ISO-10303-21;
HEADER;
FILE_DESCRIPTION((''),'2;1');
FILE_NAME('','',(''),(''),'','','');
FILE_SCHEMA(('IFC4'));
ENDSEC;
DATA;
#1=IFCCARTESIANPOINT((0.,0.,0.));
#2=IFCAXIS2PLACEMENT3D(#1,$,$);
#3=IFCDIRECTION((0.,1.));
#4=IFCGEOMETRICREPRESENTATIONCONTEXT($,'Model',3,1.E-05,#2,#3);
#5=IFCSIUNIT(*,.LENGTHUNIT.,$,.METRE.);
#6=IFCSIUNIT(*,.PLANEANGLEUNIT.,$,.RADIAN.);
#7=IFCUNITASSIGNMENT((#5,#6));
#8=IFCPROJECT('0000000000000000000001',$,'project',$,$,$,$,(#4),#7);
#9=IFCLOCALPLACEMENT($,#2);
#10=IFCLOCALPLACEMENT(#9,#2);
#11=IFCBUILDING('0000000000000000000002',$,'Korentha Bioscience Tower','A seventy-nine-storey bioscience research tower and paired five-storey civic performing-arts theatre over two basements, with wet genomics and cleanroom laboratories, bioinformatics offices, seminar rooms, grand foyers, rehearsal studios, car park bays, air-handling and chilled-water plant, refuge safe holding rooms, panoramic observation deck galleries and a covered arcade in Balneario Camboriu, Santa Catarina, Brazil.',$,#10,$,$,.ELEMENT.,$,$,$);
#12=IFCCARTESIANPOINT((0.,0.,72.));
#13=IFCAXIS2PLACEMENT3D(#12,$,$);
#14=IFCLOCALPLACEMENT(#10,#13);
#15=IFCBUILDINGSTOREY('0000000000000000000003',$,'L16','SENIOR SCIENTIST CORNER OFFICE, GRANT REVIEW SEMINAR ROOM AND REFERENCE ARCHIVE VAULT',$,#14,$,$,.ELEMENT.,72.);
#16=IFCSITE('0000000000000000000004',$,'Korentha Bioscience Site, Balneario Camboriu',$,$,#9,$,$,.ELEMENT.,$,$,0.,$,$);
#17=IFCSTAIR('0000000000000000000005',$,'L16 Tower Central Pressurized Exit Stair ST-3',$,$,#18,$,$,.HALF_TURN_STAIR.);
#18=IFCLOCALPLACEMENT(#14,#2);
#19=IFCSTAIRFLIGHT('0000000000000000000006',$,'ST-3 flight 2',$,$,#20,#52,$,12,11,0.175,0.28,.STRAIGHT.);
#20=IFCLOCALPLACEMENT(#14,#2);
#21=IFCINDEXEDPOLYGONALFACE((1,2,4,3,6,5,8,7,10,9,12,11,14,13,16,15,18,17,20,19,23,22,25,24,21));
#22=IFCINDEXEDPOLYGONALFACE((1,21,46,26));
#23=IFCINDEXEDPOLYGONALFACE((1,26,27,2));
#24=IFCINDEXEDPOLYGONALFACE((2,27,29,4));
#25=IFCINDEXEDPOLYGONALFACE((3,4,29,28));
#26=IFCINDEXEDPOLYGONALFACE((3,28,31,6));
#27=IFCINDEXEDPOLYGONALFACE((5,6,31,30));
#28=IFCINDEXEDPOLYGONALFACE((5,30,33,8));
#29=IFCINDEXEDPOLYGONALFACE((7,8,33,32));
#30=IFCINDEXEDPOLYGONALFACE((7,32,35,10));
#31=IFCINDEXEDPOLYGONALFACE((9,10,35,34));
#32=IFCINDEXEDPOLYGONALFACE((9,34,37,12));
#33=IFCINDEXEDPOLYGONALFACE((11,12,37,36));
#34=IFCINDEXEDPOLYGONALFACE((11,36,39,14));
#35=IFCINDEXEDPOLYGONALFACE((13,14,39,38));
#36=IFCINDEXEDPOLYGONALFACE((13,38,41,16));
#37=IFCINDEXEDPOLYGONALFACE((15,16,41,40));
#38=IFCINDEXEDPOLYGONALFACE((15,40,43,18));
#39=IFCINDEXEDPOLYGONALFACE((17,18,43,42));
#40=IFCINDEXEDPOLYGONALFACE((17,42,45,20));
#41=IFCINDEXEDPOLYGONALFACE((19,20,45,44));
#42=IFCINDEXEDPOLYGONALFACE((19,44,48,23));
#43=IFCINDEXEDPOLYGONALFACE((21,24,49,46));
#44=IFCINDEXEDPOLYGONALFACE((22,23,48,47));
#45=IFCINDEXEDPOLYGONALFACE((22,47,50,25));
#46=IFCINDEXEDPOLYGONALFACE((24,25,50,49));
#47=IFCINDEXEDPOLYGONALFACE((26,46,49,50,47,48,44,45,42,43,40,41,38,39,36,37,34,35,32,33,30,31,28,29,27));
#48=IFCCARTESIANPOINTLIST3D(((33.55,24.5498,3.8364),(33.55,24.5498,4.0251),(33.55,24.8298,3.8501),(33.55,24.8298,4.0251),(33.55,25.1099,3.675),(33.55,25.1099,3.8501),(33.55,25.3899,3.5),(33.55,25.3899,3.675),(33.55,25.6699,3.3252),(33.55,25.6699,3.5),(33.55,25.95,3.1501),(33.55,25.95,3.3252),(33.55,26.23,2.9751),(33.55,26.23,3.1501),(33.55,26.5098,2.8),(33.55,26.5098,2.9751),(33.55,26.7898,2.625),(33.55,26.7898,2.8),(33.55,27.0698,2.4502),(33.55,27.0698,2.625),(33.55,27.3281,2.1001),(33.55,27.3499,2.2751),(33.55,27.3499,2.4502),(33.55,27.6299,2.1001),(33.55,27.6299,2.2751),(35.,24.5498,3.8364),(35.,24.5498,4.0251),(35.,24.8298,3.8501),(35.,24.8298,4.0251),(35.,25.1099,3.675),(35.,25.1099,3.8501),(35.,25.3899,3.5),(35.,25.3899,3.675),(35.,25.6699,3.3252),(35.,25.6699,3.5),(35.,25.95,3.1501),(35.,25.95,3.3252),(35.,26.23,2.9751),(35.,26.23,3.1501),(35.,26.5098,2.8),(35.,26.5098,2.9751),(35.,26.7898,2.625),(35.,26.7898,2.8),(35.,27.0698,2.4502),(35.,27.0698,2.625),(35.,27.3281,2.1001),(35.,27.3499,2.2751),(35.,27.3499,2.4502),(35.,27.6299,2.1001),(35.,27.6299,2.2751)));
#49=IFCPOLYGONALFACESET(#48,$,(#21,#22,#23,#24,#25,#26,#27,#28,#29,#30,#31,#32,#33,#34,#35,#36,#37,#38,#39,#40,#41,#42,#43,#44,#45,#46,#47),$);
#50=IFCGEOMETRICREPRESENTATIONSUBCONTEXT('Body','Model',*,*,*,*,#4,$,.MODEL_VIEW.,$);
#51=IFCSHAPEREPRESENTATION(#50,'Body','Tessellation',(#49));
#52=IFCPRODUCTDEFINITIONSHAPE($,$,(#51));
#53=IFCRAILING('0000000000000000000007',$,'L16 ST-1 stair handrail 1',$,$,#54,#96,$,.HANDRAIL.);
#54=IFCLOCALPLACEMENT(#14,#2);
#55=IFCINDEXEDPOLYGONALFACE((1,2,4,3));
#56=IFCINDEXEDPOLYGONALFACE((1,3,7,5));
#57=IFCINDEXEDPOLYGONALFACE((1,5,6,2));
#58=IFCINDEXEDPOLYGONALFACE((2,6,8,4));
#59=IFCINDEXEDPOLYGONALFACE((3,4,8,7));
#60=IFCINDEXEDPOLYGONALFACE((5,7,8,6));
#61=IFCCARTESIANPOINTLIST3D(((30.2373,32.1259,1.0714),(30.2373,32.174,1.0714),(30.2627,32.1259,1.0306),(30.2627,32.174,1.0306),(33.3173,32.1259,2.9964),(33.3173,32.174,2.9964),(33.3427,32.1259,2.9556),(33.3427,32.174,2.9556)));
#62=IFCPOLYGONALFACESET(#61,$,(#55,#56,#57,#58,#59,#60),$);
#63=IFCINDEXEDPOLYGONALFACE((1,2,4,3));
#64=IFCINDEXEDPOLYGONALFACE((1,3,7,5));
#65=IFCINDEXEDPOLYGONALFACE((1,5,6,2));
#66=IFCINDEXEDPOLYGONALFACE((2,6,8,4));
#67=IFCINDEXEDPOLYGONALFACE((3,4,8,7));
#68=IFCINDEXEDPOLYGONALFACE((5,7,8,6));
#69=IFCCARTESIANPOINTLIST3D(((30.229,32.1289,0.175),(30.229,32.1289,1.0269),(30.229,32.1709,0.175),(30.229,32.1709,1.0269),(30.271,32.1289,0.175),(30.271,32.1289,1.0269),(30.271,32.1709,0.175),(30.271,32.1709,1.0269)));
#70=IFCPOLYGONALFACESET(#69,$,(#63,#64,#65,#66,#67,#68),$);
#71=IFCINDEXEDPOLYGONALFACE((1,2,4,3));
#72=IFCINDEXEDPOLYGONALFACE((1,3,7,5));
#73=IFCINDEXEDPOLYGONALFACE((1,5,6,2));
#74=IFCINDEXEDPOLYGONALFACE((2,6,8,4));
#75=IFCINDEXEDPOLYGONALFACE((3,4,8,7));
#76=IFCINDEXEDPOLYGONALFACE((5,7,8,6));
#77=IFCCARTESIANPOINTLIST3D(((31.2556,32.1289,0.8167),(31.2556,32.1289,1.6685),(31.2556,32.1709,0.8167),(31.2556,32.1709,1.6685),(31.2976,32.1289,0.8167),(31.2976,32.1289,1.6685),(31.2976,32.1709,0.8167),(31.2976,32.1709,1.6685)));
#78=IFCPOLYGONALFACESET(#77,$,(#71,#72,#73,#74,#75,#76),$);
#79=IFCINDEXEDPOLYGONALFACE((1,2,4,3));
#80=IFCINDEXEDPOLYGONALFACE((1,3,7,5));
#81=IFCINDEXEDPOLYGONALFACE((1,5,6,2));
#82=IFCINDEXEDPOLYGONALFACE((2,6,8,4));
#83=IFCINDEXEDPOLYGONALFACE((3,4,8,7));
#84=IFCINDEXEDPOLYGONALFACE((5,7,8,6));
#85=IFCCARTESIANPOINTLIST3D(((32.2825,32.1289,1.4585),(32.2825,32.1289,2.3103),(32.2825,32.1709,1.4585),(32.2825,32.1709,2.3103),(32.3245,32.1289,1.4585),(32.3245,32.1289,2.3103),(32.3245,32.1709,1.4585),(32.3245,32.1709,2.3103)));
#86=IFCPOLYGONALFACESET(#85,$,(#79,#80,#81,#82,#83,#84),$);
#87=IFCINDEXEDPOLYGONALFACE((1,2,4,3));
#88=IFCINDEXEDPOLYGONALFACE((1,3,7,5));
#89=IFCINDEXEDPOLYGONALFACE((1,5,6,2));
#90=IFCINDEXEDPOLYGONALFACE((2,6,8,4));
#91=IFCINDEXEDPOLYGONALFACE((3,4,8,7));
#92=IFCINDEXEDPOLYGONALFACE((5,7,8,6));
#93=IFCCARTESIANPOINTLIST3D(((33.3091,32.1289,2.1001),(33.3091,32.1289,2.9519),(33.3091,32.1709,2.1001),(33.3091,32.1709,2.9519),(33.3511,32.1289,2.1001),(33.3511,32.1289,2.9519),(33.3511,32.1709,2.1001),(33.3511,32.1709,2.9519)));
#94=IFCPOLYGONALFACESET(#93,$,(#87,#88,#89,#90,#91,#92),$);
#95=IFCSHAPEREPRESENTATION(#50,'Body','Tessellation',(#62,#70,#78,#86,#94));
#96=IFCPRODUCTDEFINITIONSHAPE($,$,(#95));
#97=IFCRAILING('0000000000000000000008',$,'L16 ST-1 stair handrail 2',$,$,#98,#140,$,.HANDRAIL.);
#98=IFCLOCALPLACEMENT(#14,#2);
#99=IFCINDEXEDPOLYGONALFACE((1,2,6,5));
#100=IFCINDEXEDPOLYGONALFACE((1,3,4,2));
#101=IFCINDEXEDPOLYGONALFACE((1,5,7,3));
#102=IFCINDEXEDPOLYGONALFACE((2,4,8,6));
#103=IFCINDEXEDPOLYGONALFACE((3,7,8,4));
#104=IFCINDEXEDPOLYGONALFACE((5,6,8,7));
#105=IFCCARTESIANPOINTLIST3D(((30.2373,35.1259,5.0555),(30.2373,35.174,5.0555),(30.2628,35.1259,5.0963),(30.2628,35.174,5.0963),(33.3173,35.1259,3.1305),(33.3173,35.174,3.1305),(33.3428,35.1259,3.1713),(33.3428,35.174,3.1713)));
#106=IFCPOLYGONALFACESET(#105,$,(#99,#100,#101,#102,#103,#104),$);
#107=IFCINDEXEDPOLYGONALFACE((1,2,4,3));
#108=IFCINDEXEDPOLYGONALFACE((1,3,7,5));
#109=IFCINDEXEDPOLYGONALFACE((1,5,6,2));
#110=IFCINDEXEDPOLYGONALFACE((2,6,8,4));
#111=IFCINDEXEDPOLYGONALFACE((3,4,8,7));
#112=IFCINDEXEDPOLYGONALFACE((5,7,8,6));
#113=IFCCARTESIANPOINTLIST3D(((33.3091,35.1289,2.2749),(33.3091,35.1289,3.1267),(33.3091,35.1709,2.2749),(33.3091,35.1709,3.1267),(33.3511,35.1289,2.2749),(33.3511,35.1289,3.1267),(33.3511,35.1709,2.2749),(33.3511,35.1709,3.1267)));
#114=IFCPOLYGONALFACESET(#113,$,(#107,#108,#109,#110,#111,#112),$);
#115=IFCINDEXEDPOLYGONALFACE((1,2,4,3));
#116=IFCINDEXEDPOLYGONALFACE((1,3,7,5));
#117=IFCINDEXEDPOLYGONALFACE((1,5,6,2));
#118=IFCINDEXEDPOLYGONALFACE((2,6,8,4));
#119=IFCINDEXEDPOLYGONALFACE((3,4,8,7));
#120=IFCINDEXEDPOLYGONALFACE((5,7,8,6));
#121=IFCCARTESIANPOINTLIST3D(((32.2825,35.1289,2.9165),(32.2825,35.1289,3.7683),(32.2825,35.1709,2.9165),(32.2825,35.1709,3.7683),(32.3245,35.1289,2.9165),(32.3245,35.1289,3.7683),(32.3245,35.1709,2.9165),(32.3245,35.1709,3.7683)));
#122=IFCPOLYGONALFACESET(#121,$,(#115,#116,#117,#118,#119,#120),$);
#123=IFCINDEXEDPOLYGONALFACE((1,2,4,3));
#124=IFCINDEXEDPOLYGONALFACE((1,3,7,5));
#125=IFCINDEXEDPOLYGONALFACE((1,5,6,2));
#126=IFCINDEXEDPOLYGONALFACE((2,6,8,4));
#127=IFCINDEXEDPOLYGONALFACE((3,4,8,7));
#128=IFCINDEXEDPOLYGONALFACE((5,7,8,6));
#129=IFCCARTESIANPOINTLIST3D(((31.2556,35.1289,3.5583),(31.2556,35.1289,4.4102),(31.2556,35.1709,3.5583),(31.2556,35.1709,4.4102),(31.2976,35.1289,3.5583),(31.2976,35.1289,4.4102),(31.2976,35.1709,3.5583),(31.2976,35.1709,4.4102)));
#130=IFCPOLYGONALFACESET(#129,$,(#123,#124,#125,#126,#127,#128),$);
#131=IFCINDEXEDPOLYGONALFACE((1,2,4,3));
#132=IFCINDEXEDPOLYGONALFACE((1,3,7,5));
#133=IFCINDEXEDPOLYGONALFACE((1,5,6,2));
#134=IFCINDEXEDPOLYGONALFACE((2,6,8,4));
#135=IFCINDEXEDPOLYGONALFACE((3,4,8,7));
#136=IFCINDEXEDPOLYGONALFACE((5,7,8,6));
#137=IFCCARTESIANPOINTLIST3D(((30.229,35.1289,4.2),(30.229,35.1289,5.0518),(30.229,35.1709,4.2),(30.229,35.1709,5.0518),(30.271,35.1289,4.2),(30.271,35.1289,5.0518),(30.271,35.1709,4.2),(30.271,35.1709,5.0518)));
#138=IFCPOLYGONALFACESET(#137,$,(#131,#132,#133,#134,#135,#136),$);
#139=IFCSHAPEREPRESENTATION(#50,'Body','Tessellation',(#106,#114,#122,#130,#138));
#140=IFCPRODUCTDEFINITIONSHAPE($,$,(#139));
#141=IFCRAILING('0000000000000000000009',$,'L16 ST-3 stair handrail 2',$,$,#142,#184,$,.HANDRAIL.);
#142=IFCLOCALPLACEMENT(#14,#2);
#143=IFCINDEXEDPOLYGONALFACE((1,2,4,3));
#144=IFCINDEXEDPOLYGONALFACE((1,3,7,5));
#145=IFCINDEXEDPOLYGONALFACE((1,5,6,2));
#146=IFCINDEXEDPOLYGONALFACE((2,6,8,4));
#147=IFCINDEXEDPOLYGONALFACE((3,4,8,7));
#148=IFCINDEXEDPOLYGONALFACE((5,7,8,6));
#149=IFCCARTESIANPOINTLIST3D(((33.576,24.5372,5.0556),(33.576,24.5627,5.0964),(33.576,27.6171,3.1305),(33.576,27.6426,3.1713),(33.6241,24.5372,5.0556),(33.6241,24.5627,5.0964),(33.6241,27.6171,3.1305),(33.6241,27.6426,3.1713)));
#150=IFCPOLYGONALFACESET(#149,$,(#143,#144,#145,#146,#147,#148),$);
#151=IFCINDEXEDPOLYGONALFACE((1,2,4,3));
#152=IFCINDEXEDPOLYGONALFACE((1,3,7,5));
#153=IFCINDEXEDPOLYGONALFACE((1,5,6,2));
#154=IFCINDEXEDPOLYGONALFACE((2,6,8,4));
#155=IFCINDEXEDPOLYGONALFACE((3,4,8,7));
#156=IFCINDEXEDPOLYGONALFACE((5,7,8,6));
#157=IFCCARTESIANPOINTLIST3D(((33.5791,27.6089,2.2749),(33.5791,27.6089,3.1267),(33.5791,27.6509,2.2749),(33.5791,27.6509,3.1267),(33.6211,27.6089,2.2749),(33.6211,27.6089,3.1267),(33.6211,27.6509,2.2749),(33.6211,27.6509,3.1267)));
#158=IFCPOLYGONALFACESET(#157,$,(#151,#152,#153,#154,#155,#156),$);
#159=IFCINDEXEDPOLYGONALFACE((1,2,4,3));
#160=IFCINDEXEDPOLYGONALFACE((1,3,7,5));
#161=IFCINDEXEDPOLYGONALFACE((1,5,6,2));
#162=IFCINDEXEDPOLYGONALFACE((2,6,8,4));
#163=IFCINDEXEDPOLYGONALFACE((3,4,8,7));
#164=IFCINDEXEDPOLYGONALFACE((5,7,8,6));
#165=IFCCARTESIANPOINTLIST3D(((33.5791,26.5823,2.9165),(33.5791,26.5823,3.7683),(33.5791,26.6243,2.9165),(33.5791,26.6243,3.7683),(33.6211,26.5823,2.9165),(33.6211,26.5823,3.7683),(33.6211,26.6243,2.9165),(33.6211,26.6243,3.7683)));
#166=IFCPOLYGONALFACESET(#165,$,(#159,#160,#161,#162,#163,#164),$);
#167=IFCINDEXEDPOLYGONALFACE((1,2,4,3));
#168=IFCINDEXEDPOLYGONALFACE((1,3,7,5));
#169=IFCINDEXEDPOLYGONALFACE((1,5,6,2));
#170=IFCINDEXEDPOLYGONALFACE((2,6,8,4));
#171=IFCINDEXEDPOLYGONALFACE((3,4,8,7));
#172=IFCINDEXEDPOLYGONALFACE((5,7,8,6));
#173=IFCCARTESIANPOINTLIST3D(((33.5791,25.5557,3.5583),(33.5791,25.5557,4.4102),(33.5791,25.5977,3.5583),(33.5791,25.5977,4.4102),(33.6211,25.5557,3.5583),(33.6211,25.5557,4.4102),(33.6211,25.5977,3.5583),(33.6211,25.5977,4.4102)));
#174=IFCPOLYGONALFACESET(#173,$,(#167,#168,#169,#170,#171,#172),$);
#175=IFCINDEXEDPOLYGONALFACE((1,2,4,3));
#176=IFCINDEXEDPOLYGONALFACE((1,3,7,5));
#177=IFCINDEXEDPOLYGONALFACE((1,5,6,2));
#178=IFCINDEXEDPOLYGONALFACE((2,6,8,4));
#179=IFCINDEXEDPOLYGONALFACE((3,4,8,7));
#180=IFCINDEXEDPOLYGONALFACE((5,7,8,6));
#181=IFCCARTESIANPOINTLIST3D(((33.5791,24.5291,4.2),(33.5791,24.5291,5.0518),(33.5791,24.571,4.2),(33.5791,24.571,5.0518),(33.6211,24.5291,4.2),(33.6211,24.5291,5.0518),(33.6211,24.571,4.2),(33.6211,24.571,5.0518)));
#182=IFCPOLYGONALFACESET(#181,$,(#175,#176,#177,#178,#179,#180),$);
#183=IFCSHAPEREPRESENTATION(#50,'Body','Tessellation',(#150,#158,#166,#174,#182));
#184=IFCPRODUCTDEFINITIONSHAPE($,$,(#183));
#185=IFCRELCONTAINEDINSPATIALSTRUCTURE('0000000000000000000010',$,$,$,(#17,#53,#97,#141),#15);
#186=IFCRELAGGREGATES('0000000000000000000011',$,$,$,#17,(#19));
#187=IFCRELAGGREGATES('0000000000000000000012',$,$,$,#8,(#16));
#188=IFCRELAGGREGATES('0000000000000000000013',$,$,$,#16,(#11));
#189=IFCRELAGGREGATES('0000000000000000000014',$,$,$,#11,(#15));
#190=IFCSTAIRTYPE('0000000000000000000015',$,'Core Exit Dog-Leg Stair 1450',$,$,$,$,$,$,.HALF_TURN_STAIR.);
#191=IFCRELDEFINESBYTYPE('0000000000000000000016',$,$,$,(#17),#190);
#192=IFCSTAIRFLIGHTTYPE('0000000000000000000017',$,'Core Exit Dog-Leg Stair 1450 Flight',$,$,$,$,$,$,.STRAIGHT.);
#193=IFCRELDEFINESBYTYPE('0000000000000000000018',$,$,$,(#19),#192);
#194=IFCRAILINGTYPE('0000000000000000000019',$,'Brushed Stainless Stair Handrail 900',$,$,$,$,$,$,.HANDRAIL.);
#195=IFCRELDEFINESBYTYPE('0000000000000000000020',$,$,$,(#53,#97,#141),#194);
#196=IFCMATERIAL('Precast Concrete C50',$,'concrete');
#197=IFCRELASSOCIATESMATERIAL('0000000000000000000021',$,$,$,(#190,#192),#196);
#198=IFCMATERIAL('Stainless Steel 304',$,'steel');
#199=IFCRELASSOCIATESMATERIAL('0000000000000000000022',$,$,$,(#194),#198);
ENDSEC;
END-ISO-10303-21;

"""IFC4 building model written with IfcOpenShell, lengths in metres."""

from ifc_helpers import new_model, si_unit, direction, frame, origin, origin_2d, place, context, subcontext, project, spatial, polyline, rectangle, outline, extrude, material, type_object, element, aggregate, save


model = new_model("IFC4")

# Units and contexts
model_context = context("Model", 3, precision=1e-05, world=origin(), true_north=direction((0.0, 1.0)))
body_context = subcontext(model_context, "Body", "Model", "MODEL_VIEW")
ifc_project = project(units=[si_unit("LENGTHUNIT", "METRE"), si_unit("PLANEANGLEUNIT", "RADIAN")], contexts=[model_context])

# Site, building, storey
site_placement = place(None, origin())
site = spatial("IfcSite", under=ifc_project, at=site_placement, Name="Korentha Bioscience Site, Balneario Camboriu", CompositionType="ELEMENT", RefElevation=0.0)
building_placement = place(site_placement, origin())
building = spatial("IfcBuilding", under=site, at=building_placement, Name="Korentha Bioscience Tower", Description="A seventy-nine-storey bioscience research tower and paired five-storey civic performing-arts theatre over two basements, with wet genomics and cleanroom laboratories, bioinformatics offices, seminar rooms, grand foyers, rehearsal studios, car park bays, air-handling and chilled-water plant, refuge safe holding rooms, panoramic observation deck galleries and a covered arcade in Balneario Camboriu, Santa Catarina, Brazil.", CompositionType="ELEMENT")
storey_placement = place(building_placement, frame((0.0, 0.0, 72.0)))
storey = spatial("IfcBuildingStorey", under=building, at=storey_placement, Name="L16", Description="SENIOR SCIENTIST CORNER OFFICE, GRANT REVIEW SEMINAR ROOM AND REFERENCE ARCHIVE VAULT", CompositionType="ELEMENT", Elevation=72.0)

# Shared definitions
ifc_material_1 = material(Name="Precast Concrete C50", Category="concrete")
stair_type = type_object("IfcStairType", Name="Core Exit Dog-Leg Stair 1450", PredefinedType="HALF_TURN_STAIR", material=ifc_material_1)
stair_flight_type = type_object("IfcStairFlightType", Name="Core Exit Dog-Leg Stair 1450 Flight", PredefinedType="STRAIGHT", material=ifc_material_1)

# Stair, stair flight
stair_1_placement = place(storey_placement, origin())
stair_1 = element("IfcStair", 1, at=stair_1_placement, inside=storey, type_object=stair_type, Name="L16 Tower Central Pressurized Exit Stair ST-3", PredefinedType="HALF_TURN_STAIR")
stair_flight_1_placement = place(storey_placement, frame((34.2749, 27.6299, 2.1001), z_axis=(0.0, 0.0, 1.0), x_axis=(0.0, -1.0, 0.0)))
stair_flight_1 = element("IfcStairFlight", 2, at=stair_flight_1_placement, type_object=stair_flight_type, Name="ST-3 flight 2", NumberOfRisers=12, NumberOfTreads=11, PredefinedType="STRAIGHT", RiserHeight=0.175, TreadLength=0.28, context=body_context, shape_type="SweptSolid", body=[
    extrude(outline(polyline([(0.0, 0.0), (0.0, 0.175), (0.28, 0.175), (0.28, 0.3501), (0.5601, 0.3501), (0.5601, 0.5249), (0.8401, 0.5249), (0.8401, 0.7), (1.1201, 0.7), (1.1201, 0.875), (1.3999, 0.875), (1.3999, 1.05), (1.6799, 1.05), (1.6799, 1.2251), (1.96, 1.2251), (1.96, 1.3999), (2.24, 1.3999), (2.24, 1.575), (2.52, 1.575), (2.52, 1.75), (2.8, 1.75), (2.8, 1.925), (3.0801, 1.925), (3.0801, 2.1001), (3.0801, 1.7363), (0.3018, 0.0), (0.0, 0.0)])), frame((0.0, 0.7251, 0.0), z_axis=(0.0, -1.0, 0.0), x_axis=(1.0, 0.0, 0.0)), (0.0, 0.0, 1.0), 1.45),
])
aggregate(stair_1, [stair_flight_1])

# Railings
ifc_material_2 = material(Name="Stainless Steel 304", Category="steel")
railing_type_1 = type_object("IfcRailingType", Name="Brushed Stainless Stair Handrail 900", PredefinedType="HANDRAIL", material=ifc_material_2)
railing_1_placement = place(storey_placement, frame((30.25, 32.1499, 0.175)))
element("IfcRailing", 3, at=railing_1_placement, inside=storey, type_object=railing_type_1, Name="L16 ST-1 stair handrail 1", PredefinedType="HANDRAIL", context=body_context, shape_type="SweptSolid", body=[
    extrude(rectangle(XDim=0.0481, YDim=0.0481, at=origin_2d()), frame((0.0, 0.0, 0.876), z_axis=(0.847998, 0.0, 0.529999), x_axis=(0.0, 1.0, 0.0)), (0.0, 0.0, 1.0), 3.6321),
    extrude(rectangle(XDim=0.042, YDim=0.042, at=origin_2d()), origin(), (0.0, 0.0, 1.0), 0.8518),
    extrude(rectangle(XDim=0.042, YDim=0.042, at=origin_2d()), frame((1.0266, 0.0, 0.6416)), (0.0, 0.0, 1.0), 0.8518),
    extrude(rectangle(XDim=0.042, YDim=0.042, at=origin_2d()), frame((2.0535, 0.0, 1.2834)), (0.0, 0.0, 1.0), 0.8518),
    extrude(rectangle(XDim=0.042, YDim=0.042, at=origin_2d()), frame((3.0801, 0.0, 1.925)), (0.0, 0.0, 1.0), 0.8518),
])
railing_2_placement = place(storey_placement, frame((33.3301, 35.1499, 2.2749)))
element("IfcRailing", 4, at=railing_2_placement, inside=storey, type_object=railing_type_1, Name="L16 ST-1 stair handrail 2", PredefinedType="HANDRAIL", context=body_context, shape_type="SweptSolid", body=[
    extrude(rectangle(XDim=0.0481, YDim=0.0481, at=origin_2d()), frame((0.0, 0.0, 0.876), z_axis=(-0.847998, 0.0, 0.529999), x_axis=(0.0, -1.0, 0.0)), (0.0, 0.0, 1.0), 3.6321),
    extrude(rectangle(XDim=0.042, YDim=0.042, at=origin_2d()), origin(), (0.0, 0.0, 1.0), 0.8518),
    extrude(rectangle(XDim=0.042, YDim=0.042, at=origin_2d()), frame((-1.0266, 0.0, 0.6416)), (0.0, 0.0, 1.0), 0.8518),
    extrude(rectangle(XDim=0.042, YDim=0.042, at=origin_2d()), frame((-2.0535, 0.0, 1.2834)), (0.0, 0.0, 1.0), 0.8518),
    extrude(rectangle(XDim=0.042, YDim=0.042, at=origin_2d()), frame((-3.0801, 0.0, 1.925)), (0.0, 0.0, 1.0), 0.8518),
])
railing_3_placement = place(storey_placement, frame((33.6001, 27.6299, 2.2749)))
element("IfcRailing", 5, at=railing_3_placement, inside=storey, type_object=railing_type_1, Name="L16 ST-3 stair handrail 2", PredefinedType="HANDRAIL", context=body_context, shape_type="SweptSolid", body=[
    extrude(rectangle(XDim=0.0481, YDim=0.0481, at=origin_2d()), frame((0.0, 0.0, 0.876), z_axis=(0.0, -0.847979, 0.530029), x_axis=(1.0, 0.0, 0.0)), (0.0, 0.0, 1.0), 3.6321),
    extrude(rectangle(XDim=0.042, YDim=0.042, at=origin_2d()), origin(), (0.0, 0.0, 1.0), 0.8518),
    extrude(rectangle(XDim=0.042, YDim=0.042, at=origin_2d()), frame((0.0, -1.0266, 0.6416)), (0.0, 0.0, 1.0), 0.8518),
    extrude(rectangle(XDim=0.042, YDim=0.042, at=origin_2d()), frame((0.0, -2.0532, 1.2834)), (0.0, 0.0, 1.0), 0.8518),
    extrude(rectangle(XDim=0.042, YDim=0.042, at=origin_2d()), frame((0.0, -3.0798, 1.925)), (0.0, 0.0, 1.0), 0.8518),
])

save(model, "model.ifc")
